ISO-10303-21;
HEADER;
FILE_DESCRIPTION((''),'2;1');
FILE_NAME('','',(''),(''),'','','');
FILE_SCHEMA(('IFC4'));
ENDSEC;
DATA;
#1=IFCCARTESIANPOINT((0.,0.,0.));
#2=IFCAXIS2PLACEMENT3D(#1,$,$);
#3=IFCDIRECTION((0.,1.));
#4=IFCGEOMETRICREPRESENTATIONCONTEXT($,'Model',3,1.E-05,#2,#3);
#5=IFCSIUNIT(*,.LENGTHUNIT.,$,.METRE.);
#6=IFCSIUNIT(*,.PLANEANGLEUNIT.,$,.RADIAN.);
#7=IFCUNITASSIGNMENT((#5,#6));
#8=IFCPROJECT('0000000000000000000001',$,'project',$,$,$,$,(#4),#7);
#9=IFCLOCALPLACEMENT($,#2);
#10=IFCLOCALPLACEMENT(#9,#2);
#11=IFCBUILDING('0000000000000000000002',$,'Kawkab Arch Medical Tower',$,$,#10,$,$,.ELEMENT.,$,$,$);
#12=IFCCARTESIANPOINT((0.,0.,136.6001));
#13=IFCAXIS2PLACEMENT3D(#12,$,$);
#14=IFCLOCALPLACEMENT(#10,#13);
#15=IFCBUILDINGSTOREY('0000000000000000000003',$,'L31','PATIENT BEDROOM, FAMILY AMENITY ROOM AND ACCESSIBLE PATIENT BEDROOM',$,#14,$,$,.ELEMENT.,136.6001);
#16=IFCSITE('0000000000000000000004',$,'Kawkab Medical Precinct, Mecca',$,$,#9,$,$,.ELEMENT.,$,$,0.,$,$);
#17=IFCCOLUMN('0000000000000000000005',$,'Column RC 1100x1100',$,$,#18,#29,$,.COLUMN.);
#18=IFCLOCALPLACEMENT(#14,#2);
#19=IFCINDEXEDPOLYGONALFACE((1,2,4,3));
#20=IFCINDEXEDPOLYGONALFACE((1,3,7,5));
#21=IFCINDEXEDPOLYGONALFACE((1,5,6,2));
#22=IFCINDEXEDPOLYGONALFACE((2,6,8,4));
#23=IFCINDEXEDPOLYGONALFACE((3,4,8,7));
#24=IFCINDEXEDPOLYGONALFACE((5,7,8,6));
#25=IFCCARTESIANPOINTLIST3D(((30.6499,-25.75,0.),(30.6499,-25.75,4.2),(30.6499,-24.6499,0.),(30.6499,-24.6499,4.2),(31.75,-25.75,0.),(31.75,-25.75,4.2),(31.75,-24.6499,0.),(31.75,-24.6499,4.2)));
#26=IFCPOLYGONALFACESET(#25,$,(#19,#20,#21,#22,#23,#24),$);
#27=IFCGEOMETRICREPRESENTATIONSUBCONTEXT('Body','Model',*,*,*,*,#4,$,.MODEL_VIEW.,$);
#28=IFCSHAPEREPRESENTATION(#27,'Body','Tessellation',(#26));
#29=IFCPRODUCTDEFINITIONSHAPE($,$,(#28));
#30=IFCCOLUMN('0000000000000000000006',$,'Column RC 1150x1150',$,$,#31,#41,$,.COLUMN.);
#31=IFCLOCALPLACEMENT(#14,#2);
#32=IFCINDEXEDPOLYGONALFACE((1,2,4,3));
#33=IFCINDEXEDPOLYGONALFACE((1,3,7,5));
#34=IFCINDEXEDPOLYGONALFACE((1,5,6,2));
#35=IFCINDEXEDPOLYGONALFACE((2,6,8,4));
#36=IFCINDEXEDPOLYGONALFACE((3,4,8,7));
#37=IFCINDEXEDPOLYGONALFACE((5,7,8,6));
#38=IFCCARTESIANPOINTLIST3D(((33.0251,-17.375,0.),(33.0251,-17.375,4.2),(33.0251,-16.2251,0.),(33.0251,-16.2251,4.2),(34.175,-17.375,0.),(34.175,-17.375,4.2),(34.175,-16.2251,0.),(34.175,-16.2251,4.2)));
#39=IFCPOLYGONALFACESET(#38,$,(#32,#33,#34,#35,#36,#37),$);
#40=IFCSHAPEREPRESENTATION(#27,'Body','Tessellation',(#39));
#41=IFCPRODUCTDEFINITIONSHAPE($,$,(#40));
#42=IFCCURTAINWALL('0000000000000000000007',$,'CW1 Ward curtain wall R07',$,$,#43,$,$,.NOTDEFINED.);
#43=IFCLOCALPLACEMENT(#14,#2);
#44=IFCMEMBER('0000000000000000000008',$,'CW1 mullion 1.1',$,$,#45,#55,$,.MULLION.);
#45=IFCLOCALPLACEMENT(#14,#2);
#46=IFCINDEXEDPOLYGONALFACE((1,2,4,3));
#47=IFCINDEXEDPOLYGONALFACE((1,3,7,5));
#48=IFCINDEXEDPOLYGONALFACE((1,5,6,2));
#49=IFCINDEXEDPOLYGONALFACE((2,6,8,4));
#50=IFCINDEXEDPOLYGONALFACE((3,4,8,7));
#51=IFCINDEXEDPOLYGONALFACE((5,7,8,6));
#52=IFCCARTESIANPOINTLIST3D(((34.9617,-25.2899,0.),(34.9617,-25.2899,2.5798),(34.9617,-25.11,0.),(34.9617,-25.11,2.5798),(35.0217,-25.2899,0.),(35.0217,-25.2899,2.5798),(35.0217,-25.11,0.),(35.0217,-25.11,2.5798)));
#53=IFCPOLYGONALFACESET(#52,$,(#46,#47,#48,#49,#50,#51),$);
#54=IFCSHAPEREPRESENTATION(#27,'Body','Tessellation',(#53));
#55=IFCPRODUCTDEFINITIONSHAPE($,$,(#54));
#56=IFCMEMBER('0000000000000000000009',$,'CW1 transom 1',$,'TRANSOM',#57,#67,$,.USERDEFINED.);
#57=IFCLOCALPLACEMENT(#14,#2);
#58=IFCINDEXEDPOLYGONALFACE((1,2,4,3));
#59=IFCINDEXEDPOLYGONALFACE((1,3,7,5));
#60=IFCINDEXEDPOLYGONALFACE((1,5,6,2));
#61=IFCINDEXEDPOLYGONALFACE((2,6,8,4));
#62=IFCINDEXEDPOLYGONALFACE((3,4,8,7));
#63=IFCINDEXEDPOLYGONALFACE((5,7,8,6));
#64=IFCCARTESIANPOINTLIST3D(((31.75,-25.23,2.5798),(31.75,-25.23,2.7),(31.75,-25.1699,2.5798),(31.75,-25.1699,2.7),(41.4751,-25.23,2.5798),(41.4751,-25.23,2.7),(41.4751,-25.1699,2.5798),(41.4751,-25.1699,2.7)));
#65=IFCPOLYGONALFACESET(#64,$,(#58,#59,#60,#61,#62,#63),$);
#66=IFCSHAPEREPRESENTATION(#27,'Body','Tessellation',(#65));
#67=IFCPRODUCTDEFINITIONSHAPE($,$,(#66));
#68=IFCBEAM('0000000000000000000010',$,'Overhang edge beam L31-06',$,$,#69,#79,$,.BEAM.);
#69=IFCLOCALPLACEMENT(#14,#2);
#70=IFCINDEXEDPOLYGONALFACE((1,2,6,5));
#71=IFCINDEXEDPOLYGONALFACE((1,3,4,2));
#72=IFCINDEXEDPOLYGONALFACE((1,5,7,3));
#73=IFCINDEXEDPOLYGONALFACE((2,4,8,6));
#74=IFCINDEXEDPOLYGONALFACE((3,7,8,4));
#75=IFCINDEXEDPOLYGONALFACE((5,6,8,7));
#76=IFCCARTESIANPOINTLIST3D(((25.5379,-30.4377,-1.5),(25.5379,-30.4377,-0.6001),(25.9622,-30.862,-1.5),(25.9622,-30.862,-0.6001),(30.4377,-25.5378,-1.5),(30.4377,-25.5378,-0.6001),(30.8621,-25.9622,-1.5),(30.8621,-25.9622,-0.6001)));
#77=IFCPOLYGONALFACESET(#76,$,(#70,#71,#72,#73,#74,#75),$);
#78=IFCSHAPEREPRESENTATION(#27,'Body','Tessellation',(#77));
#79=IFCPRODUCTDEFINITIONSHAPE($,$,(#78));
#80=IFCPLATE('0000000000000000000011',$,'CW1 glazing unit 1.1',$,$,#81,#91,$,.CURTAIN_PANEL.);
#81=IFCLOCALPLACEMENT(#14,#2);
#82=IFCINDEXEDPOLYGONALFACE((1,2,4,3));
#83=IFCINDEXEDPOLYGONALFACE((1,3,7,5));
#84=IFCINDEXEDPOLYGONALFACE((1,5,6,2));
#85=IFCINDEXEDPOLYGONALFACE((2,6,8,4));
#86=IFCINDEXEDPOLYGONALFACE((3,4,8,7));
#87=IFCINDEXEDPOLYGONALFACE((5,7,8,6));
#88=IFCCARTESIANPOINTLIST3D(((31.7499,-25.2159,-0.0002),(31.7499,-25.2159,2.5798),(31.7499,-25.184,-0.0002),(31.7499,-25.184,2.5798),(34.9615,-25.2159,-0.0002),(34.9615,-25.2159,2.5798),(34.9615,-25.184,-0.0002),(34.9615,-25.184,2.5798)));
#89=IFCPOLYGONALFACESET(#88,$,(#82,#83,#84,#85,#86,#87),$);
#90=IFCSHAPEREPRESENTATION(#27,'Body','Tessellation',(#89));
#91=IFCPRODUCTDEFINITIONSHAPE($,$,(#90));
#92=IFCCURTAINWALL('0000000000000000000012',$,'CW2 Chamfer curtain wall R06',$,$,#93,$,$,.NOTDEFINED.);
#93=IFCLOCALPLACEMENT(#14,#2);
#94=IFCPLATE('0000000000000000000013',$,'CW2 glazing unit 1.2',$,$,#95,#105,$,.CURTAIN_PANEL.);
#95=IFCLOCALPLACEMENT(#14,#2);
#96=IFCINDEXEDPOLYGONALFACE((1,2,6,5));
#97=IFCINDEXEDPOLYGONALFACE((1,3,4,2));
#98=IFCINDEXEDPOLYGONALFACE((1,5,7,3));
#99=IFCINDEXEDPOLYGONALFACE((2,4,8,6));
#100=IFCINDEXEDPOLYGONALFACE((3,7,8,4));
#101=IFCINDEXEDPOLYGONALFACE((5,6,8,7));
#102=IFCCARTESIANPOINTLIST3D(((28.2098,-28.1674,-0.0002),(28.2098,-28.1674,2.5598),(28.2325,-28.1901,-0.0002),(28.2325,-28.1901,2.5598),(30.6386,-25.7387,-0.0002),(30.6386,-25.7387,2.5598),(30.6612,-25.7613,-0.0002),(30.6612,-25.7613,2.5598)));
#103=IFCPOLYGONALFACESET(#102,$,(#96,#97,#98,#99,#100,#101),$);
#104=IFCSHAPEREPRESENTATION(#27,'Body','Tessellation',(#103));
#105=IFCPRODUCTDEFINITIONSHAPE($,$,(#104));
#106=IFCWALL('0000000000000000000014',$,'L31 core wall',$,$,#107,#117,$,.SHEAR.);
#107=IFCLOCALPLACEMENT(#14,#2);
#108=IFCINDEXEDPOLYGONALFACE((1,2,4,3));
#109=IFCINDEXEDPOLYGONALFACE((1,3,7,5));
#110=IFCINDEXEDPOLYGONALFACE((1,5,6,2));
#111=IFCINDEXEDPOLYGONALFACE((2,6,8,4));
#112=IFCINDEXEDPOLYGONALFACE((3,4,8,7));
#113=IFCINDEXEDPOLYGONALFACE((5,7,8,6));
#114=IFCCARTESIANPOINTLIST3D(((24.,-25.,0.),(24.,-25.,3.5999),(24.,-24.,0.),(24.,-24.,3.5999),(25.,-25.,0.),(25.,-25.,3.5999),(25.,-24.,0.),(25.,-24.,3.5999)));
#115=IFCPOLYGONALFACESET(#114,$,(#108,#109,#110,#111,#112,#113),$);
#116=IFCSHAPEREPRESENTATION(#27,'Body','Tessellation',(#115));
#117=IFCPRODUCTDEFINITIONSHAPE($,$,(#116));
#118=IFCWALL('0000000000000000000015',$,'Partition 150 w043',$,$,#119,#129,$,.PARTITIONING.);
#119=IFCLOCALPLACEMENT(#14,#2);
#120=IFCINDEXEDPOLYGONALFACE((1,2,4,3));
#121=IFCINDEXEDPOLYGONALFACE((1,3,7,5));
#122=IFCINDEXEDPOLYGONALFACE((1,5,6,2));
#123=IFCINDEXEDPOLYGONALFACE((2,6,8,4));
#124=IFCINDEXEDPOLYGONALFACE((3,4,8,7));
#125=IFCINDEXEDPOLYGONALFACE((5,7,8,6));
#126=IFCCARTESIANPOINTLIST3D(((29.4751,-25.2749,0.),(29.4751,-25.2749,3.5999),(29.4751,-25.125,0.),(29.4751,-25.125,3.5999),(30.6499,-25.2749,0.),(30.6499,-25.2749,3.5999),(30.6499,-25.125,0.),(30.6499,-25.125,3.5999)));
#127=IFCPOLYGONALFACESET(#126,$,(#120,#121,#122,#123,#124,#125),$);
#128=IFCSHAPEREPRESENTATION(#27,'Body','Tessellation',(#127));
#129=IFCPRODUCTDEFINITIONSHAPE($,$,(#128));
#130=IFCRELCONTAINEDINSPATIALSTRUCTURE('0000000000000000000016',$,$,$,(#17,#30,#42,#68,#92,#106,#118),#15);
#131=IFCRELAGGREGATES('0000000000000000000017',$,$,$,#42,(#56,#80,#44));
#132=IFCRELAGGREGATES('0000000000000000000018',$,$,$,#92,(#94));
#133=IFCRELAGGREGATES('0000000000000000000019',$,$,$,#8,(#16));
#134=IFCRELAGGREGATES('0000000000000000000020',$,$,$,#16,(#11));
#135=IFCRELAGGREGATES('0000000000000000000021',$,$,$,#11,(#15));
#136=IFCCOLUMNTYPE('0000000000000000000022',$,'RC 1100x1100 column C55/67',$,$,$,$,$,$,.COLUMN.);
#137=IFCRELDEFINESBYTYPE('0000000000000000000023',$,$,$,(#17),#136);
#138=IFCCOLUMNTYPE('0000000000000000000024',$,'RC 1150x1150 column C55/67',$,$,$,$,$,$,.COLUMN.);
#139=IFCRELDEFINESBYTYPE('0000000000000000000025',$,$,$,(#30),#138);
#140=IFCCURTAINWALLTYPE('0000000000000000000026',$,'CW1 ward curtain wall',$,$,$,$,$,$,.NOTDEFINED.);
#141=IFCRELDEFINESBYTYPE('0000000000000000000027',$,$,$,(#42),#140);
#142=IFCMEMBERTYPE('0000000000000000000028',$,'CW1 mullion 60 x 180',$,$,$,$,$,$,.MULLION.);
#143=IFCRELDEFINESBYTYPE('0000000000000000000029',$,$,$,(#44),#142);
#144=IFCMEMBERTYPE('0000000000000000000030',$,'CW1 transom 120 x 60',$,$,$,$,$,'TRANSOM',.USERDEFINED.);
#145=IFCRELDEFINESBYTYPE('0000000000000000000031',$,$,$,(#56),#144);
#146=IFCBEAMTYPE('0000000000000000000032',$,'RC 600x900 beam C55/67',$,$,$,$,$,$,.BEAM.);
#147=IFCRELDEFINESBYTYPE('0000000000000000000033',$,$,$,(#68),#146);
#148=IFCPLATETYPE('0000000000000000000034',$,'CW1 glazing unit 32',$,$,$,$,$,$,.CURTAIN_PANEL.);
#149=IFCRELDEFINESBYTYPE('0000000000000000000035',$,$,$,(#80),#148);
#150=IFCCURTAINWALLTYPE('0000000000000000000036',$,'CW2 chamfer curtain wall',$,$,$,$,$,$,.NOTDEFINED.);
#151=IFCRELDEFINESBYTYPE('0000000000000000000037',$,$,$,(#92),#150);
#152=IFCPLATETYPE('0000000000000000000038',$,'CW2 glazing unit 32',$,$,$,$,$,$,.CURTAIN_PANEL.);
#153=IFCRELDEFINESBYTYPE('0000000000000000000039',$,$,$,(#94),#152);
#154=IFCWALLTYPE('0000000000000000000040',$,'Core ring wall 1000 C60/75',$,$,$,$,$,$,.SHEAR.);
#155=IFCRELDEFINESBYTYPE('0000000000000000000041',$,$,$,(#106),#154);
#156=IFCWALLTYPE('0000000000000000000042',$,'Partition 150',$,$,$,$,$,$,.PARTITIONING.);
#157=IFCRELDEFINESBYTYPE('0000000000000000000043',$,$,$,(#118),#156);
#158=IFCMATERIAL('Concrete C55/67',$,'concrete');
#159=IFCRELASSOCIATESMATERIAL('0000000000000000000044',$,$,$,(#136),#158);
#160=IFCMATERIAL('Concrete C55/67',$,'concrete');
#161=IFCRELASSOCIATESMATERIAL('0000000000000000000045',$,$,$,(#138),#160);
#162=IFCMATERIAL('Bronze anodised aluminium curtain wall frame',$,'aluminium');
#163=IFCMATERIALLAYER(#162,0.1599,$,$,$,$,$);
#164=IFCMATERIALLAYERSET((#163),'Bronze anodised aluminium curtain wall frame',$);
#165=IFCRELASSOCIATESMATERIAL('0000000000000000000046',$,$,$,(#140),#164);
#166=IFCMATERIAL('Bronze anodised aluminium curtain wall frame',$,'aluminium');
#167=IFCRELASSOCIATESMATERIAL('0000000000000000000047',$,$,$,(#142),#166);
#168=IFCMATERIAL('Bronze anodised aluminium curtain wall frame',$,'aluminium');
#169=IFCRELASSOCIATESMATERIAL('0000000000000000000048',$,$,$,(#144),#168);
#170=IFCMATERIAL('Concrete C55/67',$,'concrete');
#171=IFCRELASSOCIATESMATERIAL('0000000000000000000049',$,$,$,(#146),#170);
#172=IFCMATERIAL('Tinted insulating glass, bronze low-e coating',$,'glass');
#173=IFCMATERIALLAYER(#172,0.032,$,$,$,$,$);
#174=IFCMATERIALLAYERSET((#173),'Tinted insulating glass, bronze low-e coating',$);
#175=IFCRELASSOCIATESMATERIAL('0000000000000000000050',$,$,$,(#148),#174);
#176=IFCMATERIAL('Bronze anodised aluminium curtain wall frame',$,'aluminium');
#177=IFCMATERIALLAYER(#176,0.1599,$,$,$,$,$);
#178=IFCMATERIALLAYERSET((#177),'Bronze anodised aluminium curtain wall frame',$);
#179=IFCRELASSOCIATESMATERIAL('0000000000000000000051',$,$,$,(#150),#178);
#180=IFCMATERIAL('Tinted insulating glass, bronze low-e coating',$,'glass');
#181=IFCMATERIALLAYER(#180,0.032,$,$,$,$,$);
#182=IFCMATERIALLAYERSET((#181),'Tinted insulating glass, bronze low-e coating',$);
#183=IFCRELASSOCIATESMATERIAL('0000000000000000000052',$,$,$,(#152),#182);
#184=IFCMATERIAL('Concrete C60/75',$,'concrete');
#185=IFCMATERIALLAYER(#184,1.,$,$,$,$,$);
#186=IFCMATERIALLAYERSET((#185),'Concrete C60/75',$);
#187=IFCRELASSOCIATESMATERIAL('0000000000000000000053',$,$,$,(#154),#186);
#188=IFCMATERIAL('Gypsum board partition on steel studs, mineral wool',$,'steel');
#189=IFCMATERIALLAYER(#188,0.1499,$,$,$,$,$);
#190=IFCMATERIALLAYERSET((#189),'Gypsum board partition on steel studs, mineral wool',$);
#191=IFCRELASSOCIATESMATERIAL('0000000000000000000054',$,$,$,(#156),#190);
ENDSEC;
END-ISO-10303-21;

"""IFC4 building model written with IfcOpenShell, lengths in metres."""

from ifc_helpers import new_model, si_unit, direction, frame, frame_2d, origin, origin_2d, place, context, subcontext, project, spatial, rectangle, extrude, material, layer, layer_set, material_profile, profile_set, type_object, element, aggregate, save


model = new_model("IFC4")

# Units and contexts
model_context = context("Model", 3, precision=1e-05, world=origin(), true_north=direction((0.0, 1.0)))
body_context = subcontext(model_context, "Body", "Model", "MODEL_VIEW")
ifc_project = project(units=[si_unit("LENGTHUNIT", "METRE"), si_unit("PLANEANGLEUNIT", "RADIAN")], contexts=[model_context])

# Site, building, storey
site_placement = place(None, origin())
site = spatial("IfcSite", under=ifc_project, at=site_placement, Name="Kawkab Medical Precinct, Mecca", CompositionType="ELEMENT", RefElevation=0.0)
building_placement = place(site_placement, origin())
building = spatial("IfcBuilding", under=site, at=building_placement, Name="Kawkab Arch Medical Tower", CompositionType="ELEMENT")
storey_placement = place(building_placement, frame((0.0, 0.0, 136.6001)))
storey = spatial("IfcBuildingStorey", under=building, at=storey_placement, Name="L31", Description="PATIENT BEDROOM, FAMILY AMENITY ROOM AND ACCESSIBLE PATIENT BEDROOM", CompositionType="ELEMENT", Elevation=136.6001)

# Columns
ifc_material_1 = material(Name="Concrete C55/67", Category="concrete")
ifc_material_profile_1 = material_profile(ifc_material_1, rectangle(XDim=1.1001, YDim=1.1001, at=origin_2d()), Name="RC 1100x1100")
ifc_profile_set_1 = profile_set([ifc_material_profile_1], Name="Concrete C55/67")
column_type_1 = type_object("IfcColumnType", Name="RC 1100x1100 column C55/67", PredefinedType="COLUMN", material=ifc_profile_set_1)
column_1_placement = place(storey_placement, frame((31.2, -25.2, 0.0), z_axis=(0.0, 0.0, 1.0), x_axis=(1.0, 0.0, 0.0)))
element("IfcColumn", 1, at=column_1_placement, inside=storey, type_object=column_type_1, Name="Column RC 1100x1100", PredefinedType="COLUMN", context=body_context, shape_type="SweptSolid", body=[
    extrude(rectangle(XDim=1.1001, YDim=1.1001, at=origin_2d()), origin(), (0.0, 0.0, 1.0), 4.2),
])
ifc_material_2 = material(Name="Concrete C55/67", Category="concrete")
ifc_material_profile_2 = material_profile(ifc_material_2, rectangle(XDim=1.1499, YDim=1.1499, at=origin_2d()), Name="RC 1150x1150")
ifc_profile_set_2 = profile_set([ifc_material_profile_2], Name="Concrete C55/67")
column_type_2 = type_object("IfcColumnType", Name="RC 1150x1150 column C55/67", PredefinedType="COLUMN", material=ifc_profile_set_2)
column_2_placement = place(storey_placement, frame((33.6001, -16.8, 0.0), z_axis=(0.0, 0.0, 1.0), x_axis=(1.0, 0.0, 0.0)))
element("IfcColumn", 2, at=column_2_placement, inside=storey, type_object=column_type_2, Name="Column RC 1150x1150", PredefinedType="COLUMN", context=body_context, shape_type="SweptSolid", body=[
    extrude(rectangle(XDim=1.1499, YDim=1.1499, at=origin_2d()), origin(), (0.0, 0.0, 1.0), 4.2),
])

# Curtain wall, members
ifc_material_3 = material(Name="Bronze anodised aluminium curtain wall frame", Category="aluminium")
ifc_layer_1 = layer(ifc_material_3, 0.1599)
ifc_layer_set_1 = layer_set([ifc_layer_1], Name="Bronze anodised aluminium curtain wall frame")
curtain_wall_type_1 = type_object("IfcCurtainWallType", Name="CW1 ward curtain wall", PredefinedType="NOTDEFINED", material=ifc_layer_set_1)
placement = place(storey_placement, origin())
curtain_wall_1 = element("IfcCurtainWall", 3, at=placement, inside=storey, type_object=curtain_wall_type_1, Name="CW1 Ward curtain wall R07", PredefinedType="NOTDEFINED")
ifc_material_4 = material(Name="Bronze anodised aluminium curtain wall frame", Category="aluminium")
ifc_material_profile_3 = material_profile(ifc_material_4, rectangle(XDim=0.1799, YDim=0.0601, at=origin_2d()), Name="AL 60x180")
ifc_profile_set_3 = profile_set([ifc_material_profile_3], Name="Bronze anodised aluminium curtain wall frame")
member_type_1 = type_object("IfcMemberType", Name="CW1 mullion 60 x 180", PredefinedType="MULLION", material=ifc_profile_set_3)
member_1_placement = place(storey_placement, frame((34.9917, -25.2, 0.0), z_axis=(0.0, 0.0, 1.0), x_axis=(0.0, 1.0, 0.0)))
member_1 = element("IfcMember", 4, at=member_1_placement, type_object=member_type_1, Name="CW1 mullion 1.1", PredefinedType="MULLION", context=body_context, shape_type="SweptSolid", body=[
    extrude(rectangle(XDim=0.1799, YDim=0.0601, at=origin_2d()), origin(), (0.0, 0.0, 1.0), 2.5798),
])
ifc_material_5 = material(Name="Bronze anodised aluminium curtain wall frame", Category="aluminium")
ifc_material_profile_4 = material_profile(ifc_material_5, rectangle(XDim=0.0601, YDim=0.1201, at=origin_2d()), Name="AL 60x120")
ifc_profile_set_4 = profile_set([ifc_material_profile_4], Name="Bronze anodised aluminium curtain wall frame")
member_type_2 = type_object("IfcMemberType", Name="CW1 transom 120 x 60", ElementType="TRANSOM", PredefinedType="USERDEFINED", material=ifc_profile_set_4)
member_2_placement = place(storey_placement, frame((31.75, -25.2, 2.6399), z_axis=(1.0, 0.0, 0.0), x_axis=(0.0, 1.0, 0.0)))
member_2 = element("IfcMember", 5, at=member_2_placement, type_object=member_type_2, Name="CW1 transom 1", ObjectType="TRANSOM", PredefinedType="USERDEFINED", context=body_context, shape_type="SweptSolid", body=[
    extrude(rectangle(XDim=0.0601, YDim=0.1201, at=origin_2d()), origin(), (0.0, 0.0, 1.0), 9.7251),
])

# Beam
ifc_material_6 = material(Name="Concrete C55/67", Category="concrete")
ifc_material_profile_5 = material_profile(ifc_material_6, rectangle(XDim=0.6001, YDim=0.8999, at=origin_2d()), Name="RC 600x900")
ifc_profile_set_5 = profile_set([ifc_material_profile_5], Name="Concrete C55/67")
beam_type = type_object("IfcBeamType", Name="RC 600x900 beam C55/67", PredefinedType="BEAM", material=ifc_profile_set_5)
beam_placement = place(storey_placement, frame((30.6499, -25.75, -1.05), z_axis=(-0.707107, -0.707107, 0.0), x_axis=(0.707107, -0.707107, 0.0)))
element("IfcBeam", 6, at=beam_placement, inside=storey, type_object=beam_type, Name="Overhang edge beam L31-06", PredefinedType="BEAM", context=body_context, shape_type="SweptSolid", body=[
    extrude(rectangle(XDim=0.6001, YDim=0.8999, at=origin_2d()), origin(), (0.0, 0.0, 1.0), 6.9294),
])

# Plate
ifc_material_7 = material(Name="Tinted insulating glass, bronze low-e coating", Category="glass")
ifc_layer_2 = layer(ifc_material_7, 0.032)
ifc_layer_set_2 = layer_set([ifc_layer_2], Name="Tinted insulating glass, bronze low-e coating")
plate_type_1 = type_object("IfcPlateType", Name="CW1 glazing unit 32", PredefinedType="CURTAIN_PANEL", material=ifc_layer_set_2)
plate_1_placement = place(storey_placement, frame((33.3557, -25.2, -0.0002), z_axis=(0.0, 0.0, 1.0), x_axis=(1.0, 0.0, 0.0)))
plate_1 = element("IfcPlate", 7, at=plate_1_placement, type_object=plate_type_1, Name="CW1 glazing unit 1.1", PredefinedType="CURTAIN_PANEL", context=body_context, shape_type="SweptSolid", body=[
    extrude(rectangle(XDim=3.2117, YDim=0.032, at=origin_2d()), origin(), (0.0, 0.0, 1.0), 2.5801),
])
aggregate(curtain_wall_1, [member_2, plate_1, member_1])

# Curtain wall, plate
ifc_material_8 = material(Name="Bronze anodised aluminium curtain wall frame", Category="aluminium")
ifc_layer_3 = layer(ifc_material_8, 0.1599)
ifc_layer_set_3 = layer_set([ifc_layer_3], Name="Bronze anodised aluminium curtain wall frame")
curtain_wall_type_2 = type_object("IfcCurtainWallType", Name="CW2 chamfer curtain wall", PredefinedType="NOTDEFINED", material=ifc_layer_set_3)
curtain_wall_2 = element("IfcCurtainWall", 8, at=placement, inside=storey, type_object=curtain_wall_type_2, Name="CW2 Chamfer curtain wall R06", PredefinedType="NOTDEFINED")
ifc_material_9 = material(Name="Tinted insulating glass, bronze low-e coating", Category="glass")
ifc_layer_4 = layer(ifc_material_9, 0.032)
ifc_layer_set_4 = layer_set([ifc_layer_4], Name="Tinted insulating glass, bronze low-e coating")
plate_type_2 = type_object("IfcPlateType", Name="CW2 glazing unit 32", PredefinedType="CURTAIN_PANEL", material=ifc_layer_set_4)
plate_2_placement = place(storey_placement, frame((29.4355, -26.9644, -0.0002), z_axis=(0.0, 0.0, 1.0), x_axis=(0.707107, 0.707107, 0.0)))
plate_2 = element("IfcPlate", 9, at=plate_2_placement, type_object=plate_type_2, Name="CW2 glazing unit 1.2", PredefinedType="CURTAIN_PANEL", context=body_context, shape_type="SweptSolid", body=[
    extrude(rectangle(XDim=3.4348, YDim=0.032, at=origin_2d()), origin(), (0.0, 0.0, 1.0), 2.5601),
])
aggregate(curtain_wall_2, [plate_2])

# Walls
ifc_material_10 = material(Name="Concrete C60/75", Category="concrete")
ifc_layer_5 = layer(ifc_material_10, 1.0)
ifc_layer_set_5 = layer_set([ifc_layer_5], Name="Concrete C60/75")
wall_type_1 = type_object("IfcWallType", Name="Core ring wall 1000 C60/75", PredefinedType="SHEAR", material=ifc_layer_set_5)
wall_1_placement = place(storey_placement, frame((24.5, -25.0, 0.0), z_axis=(0.0, 0.0, 1.0), x_axis=(0.0, 1.0, 0.0)))
element("IfcWall", 10, at=wall_1_placement, inside=storey, type_object=wall_type_1, Name="L31 core wall", PredefinedType="SHEAR", context=body_context, shape_type="SweptSolid", body=[
    extrude(rectangle(XDim=1.0, YDim=1.0, at=frame_2d((0.5, 0.0))), origin(), (0.0, 0.0, 1.0), 3.5999),
])
ifc_material_11 = material(Name="Gypsum board partition on steel studs, mineral wool", Category="steel")
ifc_layer_6 = layer(ifc_material_11, 0.1499)
ifc_layer_set_6 = layer_set([ifc_layer_6], Name="Gypsum board partition on steel studs, mineral wool")
wall_type_2 = type_object("IfcWallType", Name="Partition 150", PredefinedType="PARTITIONING", material=ifc_layer_set_6)
wall_2_placement = place(storey_placement, frame((29.4751, -25.2, 0.0), z_axis=(0.0, 0.0, 1.0), x_axis=(1.0, 0.0, 0.0)))
element("IfcWall", 11, at=wall_2_placement, inside=storey, type_object=wall_type_2, Name="Partition 150 w043", PredefinedType="PARTITIONING", context=body_context, shape_type="SweptSolid", body=[
    extrude(rectangle(XDim=1.1748, YDim=0.1499, at=frame_2d((0.5874, 0.0))), origin(), (0.0, 0.0, 1.0), 3.5999),
])

save(model, "model.ifc")
